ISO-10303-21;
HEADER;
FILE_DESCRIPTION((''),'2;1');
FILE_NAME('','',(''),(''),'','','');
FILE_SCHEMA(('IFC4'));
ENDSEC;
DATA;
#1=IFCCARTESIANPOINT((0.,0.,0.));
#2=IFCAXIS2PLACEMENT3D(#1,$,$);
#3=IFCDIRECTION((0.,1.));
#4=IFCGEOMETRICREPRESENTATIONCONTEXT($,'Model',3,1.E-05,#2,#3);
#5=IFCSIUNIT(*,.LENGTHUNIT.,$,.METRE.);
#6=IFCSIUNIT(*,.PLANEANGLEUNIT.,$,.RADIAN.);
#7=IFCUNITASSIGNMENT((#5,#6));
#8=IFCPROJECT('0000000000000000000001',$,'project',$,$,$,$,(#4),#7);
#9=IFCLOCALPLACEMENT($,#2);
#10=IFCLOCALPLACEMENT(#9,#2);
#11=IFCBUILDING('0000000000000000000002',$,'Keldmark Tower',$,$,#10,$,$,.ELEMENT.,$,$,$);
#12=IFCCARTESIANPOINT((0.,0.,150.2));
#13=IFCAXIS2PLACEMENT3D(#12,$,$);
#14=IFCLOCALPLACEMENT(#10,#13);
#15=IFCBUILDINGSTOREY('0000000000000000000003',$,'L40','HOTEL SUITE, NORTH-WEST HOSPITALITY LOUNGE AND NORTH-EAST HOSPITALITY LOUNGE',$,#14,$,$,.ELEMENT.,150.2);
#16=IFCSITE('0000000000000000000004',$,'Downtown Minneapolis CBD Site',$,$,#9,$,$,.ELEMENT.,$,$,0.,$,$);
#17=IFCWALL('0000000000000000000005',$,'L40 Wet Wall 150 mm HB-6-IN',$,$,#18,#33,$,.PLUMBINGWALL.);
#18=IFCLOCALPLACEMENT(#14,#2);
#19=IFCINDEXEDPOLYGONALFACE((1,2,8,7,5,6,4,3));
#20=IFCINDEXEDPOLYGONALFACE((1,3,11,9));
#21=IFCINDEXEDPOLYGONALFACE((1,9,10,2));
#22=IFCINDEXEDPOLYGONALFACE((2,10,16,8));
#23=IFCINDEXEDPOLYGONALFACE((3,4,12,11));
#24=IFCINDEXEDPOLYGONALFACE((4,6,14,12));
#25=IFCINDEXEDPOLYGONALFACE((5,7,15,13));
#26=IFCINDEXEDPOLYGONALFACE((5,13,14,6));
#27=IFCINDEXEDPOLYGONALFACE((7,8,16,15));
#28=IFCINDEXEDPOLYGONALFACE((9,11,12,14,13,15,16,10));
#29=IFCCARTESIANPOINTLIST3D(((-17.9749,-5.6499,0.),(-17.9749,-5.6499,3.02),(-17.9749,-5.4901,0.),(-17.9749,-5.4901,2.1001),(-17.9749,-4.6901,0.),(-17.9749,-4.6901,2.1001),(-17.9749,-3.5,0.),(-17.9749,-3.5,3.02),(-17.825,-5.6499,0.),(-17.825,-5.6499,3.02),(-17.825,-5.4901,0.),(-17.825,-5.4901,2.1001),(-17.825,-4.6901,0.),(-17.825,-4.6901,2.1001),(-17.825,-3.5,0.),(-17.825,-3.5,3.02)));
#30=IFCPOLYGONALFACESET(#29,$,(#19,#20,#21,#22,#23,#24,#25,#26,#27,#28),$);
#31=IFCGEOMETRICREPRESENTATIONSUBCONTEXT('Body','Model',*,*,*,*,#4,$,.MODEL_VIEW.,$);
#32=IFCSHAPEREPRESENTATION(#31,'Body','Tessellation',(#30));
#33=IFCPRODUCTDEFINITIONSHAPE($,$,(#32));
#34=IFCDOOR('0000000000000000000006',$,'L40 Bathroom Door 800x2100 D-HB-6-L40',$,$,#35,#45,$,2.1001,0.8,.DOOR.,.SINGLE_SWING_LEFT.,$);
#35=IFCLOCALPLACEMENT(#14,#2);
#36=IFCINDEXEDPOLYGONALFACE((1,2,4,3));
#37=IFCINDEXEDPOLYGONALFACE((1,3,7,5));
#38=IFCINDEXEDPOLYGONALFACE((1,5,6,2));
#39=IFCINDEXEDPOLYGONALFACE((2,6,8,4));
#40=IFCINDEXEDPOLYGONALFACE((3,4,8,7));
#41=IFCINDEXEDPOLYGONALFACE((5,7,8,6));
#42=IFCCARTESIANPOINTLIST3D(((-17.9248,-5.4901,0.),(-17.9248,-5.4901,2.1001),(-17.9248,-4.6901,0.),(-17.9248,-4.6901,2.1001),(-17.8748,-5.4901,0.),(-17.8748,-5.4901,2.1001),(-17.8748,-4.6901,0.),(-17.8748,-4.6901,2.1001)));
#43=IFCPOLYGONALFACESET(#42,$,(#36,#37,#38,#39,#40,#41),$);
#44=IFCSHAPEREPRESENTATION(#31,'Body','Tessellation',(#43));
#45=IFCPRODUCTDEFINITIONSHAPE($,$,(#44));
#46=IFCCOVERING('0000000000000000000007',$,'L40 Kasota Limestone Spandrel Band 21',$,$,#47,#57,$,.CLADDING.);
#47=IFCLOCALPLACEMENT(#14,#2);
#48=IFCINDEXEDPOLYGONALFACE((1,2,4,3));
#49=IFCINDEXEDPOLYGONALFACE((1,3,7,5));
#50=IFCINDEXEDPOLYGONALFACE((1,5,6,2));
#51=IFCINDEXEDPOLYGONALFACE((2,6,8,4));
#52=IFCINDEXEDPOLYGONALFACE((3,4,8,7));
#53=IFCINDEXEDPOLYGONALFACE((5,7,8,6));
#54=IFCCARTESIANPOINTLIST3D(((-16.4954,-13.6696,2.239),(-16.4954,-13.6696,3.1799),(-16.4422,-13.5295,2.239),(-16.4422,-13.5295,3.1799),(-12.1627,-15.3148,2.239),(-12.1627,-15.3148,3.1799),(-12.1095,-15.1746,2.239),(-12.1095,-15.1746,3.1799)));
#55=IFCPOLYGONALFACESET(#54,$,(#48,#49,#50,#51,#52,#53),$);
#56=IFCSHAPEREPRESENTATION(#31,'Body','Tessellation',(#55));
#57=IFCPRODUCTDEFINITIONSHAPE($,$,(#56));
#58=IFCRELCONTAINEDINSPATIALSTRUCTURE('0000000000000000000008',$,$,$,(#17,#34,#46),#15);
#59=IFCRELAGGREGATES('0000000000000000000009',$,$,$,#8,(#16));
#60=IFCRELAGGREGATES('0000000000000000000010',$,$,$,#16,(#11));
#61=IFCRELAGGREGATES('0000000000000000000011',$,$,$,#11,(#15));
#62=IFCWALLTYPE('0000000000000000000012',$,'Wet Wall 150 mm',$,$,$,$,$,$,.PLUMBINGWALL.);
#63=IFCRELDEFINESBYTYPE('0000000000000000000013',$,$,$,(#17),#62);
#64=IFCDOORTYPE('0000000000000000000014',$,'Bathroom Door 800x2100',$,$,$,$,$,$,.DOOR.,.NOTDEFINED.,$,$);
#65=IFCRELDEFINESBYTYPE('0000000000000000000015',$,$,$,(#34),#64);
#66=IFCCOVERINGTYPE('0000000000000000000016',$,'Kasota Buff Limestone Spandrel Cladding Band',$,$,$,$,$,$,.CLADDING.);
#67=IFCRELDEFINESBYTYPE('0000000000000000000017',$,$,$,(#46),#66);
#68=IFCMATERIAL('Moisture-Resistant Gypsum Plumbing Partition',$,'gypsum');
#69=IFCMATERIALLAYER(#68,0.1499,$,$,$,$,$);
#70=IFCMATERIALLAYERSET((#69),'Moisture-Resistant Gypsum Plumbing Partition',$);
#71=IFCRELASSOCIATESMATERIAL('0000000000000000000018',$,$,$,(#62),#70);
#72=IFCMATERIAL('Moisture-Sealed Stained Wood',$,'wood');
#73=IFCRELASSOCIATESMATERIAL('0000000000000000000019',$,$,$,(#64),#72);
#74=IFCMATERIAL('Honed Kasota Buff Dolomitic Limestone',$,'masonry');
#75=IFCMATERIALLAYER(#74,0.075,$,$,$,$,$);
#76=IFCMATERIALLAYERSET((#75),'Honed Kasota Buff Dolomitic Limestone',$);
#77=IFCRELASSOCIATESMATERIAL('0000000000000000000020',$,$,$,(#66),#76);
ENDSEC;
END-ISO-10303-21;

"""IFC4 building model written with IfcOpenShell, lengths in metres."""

from ifc_helpers import new_model, si_unit, direction, frame, frame_2d, origin, origin_2d, place, context, subcontext, project, spatial, rectangle, extrude, material, layer, layer_set, type_object, element, fill, save


model = new_model("IFC4")

# Units and contexts
model_context = context("Model", 3, precision=1e-05, world=origin(), true_north=direction((0.0, 1.0)))
body_context = subcontext(model_context, "Body", "Model", "MODEL_VIEW")
ifc_project = project(units=[si_unit("LENGTHUNIT", "METRE"), si_unit("PLANEANGLEUNIT", "RADIAN")], contexts=[model_context])

# Site, building, storey
site_placement = place(None, origin())
site = spatial("IfcSite", under=ifc_project, at=site_placement, Name="Downtown Minneapolis CBD Site", CompositionType="ELEMENT", RefElevation=0.0)
building_placement = place(site_placement, origin())
building = spatial("IfcBuilding", under=site, at=building_placement, Name="Keldmark Tower", CompositionType="ELEMENT")
storey_placement = place(building_placement, frame((0.0, 0.0, 150.2)))
storey = spatial("IfcBuildingStorey", under=building, at=storey_placement, Name="L40", Description="HOTEL SUITE, NORTH-WEST HOSPITALITY LOUNGE AND NORTH-EAST HOSPITALITY LOUNGE", CompositionType="ELEMENT", Elevation=150.2)

# Shared definitions
ifc_material_1 = material(Name="Moisture-Resistant Gypsum Plumbing Partition", Category="gypsum")
ifc_layer_1 = layer(ifc_material_1, 0.1499)
ifc_layer_set_1 = layer_set([ifc_layer_1], Name="Moisture-Resistant Gypsum Plumbing Partition")
wall_type_1 = type_object("IfcWallType", Name="Wet Wall 150 mm", PredefinedType="PLUMBINGWALL", material=ifc_layer_set_1)
ifc_material_2 = material(Name="Moisture-Sealed Stained Wood", Category="wood")
door_type_1 = type_object("IfcDoorType", Name="Bathroom Door 800x2100", OperationType="NOTDEFINED", PredefinedType="DOOR", material=ifc_material_2)

# Wall, opening, door
wall_1_placement = place(storey_placement, frame((-17.8999, -5.6499, 0.0), z_axis=(0.0, 0.0, 1.0), x_axis=(0.0, 1.0, 0.0)))
wall_1 = element("IfcWall", 1, at=wall_1_placement, inside=storey, type_object=wall_type_1, Name="L40 Wet Wall 150 mm HB-6-IN", PredefinedType="PLUMBINGWALL", context=body_context, shape_type="SweptSolid", body=[
    extrude(rectangle(XDim=2.1499, YDim=0.1499, at=frame_2d((1.075, 0.0))), origin(), (0.0, 0.0, 1.0), 3.02),
])
opening_1_placement = place(wall_1_placement, frame((0.1599, 0.0, 0.0)))
opening_1 = element("IfcOpeningElement", 2, at=opening_1_placement, cuts=wall_1, PredefinedType="OPENING", context=body_context, shape_type="SweptSolid", body=[
    extrude(rectangle(XDim=0.8, YDim=2.1001, at=frame_2d((0.3999, 1.05))), frame((0.0, 0.085, 0.0), z_axis=(0.0, -1.0, 0.0), x_axis=(1.0, 0.0, 0.0)), (0.0, 0.0, 1.0), 0.1699),
])
door_1_placement = place(opening_1_placement, origin())
door_1 = element("IfcDoor", 3, at=door_1_placement, inside=storey, type_object=door_type_1, Name="L40 Bathroom Door 800x2100 D-HB-6-L40", OperationType="SINGLE_SWING_LEFT", OverallHeight=2.1001, OverallWidth=0.8, PredefinedType="DOOR", context=body_context, shape_type="SweptSolid", body=[
    extrude(rectangle(XDim=0.8, YDim=2.1001, at=frame_2d((0.3999, 1.05))), frame((0.0, 0.0249, 0.0), z_axis=(0.0, -1.0, 0.0), x_axis=(1.0, 0.0, 0.0)), (0.0, 0.0, 1.0), 0.05),
])
fill(opening_1, door_1)

# Covering
ifc_material_3 = material(Name="Honed Kasota Buff Dolomitic Limestone", Category="masonry")
ifc_layer_2 = layer(ifc_material_3, 0.075)
ifc_layer_set_2 = layer_set([ifc_layer_2], Name="Honed Kasota Buff Dolomitic Limestone")
covering_type = type_object("IfcCoveringType", Name="Kasota Buff Limestone Spandrel Cladding Band", PredefinedType="CLADDING", material=ifc_layer_set_2)
covering_placement = place(storey_placement, frame((-14.3025, -14.4221, 2.239), z_axis=(0.0, 0.0, 1.0), x_axis=(0.934875, -0.354976, 0.0)))
element("IfcCovering", 4, at=covering_placement, inside=storey, type_object=covering_type, Name="L40 Kasota Limestone Spandrel Band 21", PredefinedType="CLADDING", context=body_context, shape_type="SweptSolid", body=[
    extrude(rectangle(XDim=4.6345, YDim=0.1499, at=origin_2d()), origin(), (0.0, 0.0, 1.0), 0.9409),
])

save(model, "model.ifc")
